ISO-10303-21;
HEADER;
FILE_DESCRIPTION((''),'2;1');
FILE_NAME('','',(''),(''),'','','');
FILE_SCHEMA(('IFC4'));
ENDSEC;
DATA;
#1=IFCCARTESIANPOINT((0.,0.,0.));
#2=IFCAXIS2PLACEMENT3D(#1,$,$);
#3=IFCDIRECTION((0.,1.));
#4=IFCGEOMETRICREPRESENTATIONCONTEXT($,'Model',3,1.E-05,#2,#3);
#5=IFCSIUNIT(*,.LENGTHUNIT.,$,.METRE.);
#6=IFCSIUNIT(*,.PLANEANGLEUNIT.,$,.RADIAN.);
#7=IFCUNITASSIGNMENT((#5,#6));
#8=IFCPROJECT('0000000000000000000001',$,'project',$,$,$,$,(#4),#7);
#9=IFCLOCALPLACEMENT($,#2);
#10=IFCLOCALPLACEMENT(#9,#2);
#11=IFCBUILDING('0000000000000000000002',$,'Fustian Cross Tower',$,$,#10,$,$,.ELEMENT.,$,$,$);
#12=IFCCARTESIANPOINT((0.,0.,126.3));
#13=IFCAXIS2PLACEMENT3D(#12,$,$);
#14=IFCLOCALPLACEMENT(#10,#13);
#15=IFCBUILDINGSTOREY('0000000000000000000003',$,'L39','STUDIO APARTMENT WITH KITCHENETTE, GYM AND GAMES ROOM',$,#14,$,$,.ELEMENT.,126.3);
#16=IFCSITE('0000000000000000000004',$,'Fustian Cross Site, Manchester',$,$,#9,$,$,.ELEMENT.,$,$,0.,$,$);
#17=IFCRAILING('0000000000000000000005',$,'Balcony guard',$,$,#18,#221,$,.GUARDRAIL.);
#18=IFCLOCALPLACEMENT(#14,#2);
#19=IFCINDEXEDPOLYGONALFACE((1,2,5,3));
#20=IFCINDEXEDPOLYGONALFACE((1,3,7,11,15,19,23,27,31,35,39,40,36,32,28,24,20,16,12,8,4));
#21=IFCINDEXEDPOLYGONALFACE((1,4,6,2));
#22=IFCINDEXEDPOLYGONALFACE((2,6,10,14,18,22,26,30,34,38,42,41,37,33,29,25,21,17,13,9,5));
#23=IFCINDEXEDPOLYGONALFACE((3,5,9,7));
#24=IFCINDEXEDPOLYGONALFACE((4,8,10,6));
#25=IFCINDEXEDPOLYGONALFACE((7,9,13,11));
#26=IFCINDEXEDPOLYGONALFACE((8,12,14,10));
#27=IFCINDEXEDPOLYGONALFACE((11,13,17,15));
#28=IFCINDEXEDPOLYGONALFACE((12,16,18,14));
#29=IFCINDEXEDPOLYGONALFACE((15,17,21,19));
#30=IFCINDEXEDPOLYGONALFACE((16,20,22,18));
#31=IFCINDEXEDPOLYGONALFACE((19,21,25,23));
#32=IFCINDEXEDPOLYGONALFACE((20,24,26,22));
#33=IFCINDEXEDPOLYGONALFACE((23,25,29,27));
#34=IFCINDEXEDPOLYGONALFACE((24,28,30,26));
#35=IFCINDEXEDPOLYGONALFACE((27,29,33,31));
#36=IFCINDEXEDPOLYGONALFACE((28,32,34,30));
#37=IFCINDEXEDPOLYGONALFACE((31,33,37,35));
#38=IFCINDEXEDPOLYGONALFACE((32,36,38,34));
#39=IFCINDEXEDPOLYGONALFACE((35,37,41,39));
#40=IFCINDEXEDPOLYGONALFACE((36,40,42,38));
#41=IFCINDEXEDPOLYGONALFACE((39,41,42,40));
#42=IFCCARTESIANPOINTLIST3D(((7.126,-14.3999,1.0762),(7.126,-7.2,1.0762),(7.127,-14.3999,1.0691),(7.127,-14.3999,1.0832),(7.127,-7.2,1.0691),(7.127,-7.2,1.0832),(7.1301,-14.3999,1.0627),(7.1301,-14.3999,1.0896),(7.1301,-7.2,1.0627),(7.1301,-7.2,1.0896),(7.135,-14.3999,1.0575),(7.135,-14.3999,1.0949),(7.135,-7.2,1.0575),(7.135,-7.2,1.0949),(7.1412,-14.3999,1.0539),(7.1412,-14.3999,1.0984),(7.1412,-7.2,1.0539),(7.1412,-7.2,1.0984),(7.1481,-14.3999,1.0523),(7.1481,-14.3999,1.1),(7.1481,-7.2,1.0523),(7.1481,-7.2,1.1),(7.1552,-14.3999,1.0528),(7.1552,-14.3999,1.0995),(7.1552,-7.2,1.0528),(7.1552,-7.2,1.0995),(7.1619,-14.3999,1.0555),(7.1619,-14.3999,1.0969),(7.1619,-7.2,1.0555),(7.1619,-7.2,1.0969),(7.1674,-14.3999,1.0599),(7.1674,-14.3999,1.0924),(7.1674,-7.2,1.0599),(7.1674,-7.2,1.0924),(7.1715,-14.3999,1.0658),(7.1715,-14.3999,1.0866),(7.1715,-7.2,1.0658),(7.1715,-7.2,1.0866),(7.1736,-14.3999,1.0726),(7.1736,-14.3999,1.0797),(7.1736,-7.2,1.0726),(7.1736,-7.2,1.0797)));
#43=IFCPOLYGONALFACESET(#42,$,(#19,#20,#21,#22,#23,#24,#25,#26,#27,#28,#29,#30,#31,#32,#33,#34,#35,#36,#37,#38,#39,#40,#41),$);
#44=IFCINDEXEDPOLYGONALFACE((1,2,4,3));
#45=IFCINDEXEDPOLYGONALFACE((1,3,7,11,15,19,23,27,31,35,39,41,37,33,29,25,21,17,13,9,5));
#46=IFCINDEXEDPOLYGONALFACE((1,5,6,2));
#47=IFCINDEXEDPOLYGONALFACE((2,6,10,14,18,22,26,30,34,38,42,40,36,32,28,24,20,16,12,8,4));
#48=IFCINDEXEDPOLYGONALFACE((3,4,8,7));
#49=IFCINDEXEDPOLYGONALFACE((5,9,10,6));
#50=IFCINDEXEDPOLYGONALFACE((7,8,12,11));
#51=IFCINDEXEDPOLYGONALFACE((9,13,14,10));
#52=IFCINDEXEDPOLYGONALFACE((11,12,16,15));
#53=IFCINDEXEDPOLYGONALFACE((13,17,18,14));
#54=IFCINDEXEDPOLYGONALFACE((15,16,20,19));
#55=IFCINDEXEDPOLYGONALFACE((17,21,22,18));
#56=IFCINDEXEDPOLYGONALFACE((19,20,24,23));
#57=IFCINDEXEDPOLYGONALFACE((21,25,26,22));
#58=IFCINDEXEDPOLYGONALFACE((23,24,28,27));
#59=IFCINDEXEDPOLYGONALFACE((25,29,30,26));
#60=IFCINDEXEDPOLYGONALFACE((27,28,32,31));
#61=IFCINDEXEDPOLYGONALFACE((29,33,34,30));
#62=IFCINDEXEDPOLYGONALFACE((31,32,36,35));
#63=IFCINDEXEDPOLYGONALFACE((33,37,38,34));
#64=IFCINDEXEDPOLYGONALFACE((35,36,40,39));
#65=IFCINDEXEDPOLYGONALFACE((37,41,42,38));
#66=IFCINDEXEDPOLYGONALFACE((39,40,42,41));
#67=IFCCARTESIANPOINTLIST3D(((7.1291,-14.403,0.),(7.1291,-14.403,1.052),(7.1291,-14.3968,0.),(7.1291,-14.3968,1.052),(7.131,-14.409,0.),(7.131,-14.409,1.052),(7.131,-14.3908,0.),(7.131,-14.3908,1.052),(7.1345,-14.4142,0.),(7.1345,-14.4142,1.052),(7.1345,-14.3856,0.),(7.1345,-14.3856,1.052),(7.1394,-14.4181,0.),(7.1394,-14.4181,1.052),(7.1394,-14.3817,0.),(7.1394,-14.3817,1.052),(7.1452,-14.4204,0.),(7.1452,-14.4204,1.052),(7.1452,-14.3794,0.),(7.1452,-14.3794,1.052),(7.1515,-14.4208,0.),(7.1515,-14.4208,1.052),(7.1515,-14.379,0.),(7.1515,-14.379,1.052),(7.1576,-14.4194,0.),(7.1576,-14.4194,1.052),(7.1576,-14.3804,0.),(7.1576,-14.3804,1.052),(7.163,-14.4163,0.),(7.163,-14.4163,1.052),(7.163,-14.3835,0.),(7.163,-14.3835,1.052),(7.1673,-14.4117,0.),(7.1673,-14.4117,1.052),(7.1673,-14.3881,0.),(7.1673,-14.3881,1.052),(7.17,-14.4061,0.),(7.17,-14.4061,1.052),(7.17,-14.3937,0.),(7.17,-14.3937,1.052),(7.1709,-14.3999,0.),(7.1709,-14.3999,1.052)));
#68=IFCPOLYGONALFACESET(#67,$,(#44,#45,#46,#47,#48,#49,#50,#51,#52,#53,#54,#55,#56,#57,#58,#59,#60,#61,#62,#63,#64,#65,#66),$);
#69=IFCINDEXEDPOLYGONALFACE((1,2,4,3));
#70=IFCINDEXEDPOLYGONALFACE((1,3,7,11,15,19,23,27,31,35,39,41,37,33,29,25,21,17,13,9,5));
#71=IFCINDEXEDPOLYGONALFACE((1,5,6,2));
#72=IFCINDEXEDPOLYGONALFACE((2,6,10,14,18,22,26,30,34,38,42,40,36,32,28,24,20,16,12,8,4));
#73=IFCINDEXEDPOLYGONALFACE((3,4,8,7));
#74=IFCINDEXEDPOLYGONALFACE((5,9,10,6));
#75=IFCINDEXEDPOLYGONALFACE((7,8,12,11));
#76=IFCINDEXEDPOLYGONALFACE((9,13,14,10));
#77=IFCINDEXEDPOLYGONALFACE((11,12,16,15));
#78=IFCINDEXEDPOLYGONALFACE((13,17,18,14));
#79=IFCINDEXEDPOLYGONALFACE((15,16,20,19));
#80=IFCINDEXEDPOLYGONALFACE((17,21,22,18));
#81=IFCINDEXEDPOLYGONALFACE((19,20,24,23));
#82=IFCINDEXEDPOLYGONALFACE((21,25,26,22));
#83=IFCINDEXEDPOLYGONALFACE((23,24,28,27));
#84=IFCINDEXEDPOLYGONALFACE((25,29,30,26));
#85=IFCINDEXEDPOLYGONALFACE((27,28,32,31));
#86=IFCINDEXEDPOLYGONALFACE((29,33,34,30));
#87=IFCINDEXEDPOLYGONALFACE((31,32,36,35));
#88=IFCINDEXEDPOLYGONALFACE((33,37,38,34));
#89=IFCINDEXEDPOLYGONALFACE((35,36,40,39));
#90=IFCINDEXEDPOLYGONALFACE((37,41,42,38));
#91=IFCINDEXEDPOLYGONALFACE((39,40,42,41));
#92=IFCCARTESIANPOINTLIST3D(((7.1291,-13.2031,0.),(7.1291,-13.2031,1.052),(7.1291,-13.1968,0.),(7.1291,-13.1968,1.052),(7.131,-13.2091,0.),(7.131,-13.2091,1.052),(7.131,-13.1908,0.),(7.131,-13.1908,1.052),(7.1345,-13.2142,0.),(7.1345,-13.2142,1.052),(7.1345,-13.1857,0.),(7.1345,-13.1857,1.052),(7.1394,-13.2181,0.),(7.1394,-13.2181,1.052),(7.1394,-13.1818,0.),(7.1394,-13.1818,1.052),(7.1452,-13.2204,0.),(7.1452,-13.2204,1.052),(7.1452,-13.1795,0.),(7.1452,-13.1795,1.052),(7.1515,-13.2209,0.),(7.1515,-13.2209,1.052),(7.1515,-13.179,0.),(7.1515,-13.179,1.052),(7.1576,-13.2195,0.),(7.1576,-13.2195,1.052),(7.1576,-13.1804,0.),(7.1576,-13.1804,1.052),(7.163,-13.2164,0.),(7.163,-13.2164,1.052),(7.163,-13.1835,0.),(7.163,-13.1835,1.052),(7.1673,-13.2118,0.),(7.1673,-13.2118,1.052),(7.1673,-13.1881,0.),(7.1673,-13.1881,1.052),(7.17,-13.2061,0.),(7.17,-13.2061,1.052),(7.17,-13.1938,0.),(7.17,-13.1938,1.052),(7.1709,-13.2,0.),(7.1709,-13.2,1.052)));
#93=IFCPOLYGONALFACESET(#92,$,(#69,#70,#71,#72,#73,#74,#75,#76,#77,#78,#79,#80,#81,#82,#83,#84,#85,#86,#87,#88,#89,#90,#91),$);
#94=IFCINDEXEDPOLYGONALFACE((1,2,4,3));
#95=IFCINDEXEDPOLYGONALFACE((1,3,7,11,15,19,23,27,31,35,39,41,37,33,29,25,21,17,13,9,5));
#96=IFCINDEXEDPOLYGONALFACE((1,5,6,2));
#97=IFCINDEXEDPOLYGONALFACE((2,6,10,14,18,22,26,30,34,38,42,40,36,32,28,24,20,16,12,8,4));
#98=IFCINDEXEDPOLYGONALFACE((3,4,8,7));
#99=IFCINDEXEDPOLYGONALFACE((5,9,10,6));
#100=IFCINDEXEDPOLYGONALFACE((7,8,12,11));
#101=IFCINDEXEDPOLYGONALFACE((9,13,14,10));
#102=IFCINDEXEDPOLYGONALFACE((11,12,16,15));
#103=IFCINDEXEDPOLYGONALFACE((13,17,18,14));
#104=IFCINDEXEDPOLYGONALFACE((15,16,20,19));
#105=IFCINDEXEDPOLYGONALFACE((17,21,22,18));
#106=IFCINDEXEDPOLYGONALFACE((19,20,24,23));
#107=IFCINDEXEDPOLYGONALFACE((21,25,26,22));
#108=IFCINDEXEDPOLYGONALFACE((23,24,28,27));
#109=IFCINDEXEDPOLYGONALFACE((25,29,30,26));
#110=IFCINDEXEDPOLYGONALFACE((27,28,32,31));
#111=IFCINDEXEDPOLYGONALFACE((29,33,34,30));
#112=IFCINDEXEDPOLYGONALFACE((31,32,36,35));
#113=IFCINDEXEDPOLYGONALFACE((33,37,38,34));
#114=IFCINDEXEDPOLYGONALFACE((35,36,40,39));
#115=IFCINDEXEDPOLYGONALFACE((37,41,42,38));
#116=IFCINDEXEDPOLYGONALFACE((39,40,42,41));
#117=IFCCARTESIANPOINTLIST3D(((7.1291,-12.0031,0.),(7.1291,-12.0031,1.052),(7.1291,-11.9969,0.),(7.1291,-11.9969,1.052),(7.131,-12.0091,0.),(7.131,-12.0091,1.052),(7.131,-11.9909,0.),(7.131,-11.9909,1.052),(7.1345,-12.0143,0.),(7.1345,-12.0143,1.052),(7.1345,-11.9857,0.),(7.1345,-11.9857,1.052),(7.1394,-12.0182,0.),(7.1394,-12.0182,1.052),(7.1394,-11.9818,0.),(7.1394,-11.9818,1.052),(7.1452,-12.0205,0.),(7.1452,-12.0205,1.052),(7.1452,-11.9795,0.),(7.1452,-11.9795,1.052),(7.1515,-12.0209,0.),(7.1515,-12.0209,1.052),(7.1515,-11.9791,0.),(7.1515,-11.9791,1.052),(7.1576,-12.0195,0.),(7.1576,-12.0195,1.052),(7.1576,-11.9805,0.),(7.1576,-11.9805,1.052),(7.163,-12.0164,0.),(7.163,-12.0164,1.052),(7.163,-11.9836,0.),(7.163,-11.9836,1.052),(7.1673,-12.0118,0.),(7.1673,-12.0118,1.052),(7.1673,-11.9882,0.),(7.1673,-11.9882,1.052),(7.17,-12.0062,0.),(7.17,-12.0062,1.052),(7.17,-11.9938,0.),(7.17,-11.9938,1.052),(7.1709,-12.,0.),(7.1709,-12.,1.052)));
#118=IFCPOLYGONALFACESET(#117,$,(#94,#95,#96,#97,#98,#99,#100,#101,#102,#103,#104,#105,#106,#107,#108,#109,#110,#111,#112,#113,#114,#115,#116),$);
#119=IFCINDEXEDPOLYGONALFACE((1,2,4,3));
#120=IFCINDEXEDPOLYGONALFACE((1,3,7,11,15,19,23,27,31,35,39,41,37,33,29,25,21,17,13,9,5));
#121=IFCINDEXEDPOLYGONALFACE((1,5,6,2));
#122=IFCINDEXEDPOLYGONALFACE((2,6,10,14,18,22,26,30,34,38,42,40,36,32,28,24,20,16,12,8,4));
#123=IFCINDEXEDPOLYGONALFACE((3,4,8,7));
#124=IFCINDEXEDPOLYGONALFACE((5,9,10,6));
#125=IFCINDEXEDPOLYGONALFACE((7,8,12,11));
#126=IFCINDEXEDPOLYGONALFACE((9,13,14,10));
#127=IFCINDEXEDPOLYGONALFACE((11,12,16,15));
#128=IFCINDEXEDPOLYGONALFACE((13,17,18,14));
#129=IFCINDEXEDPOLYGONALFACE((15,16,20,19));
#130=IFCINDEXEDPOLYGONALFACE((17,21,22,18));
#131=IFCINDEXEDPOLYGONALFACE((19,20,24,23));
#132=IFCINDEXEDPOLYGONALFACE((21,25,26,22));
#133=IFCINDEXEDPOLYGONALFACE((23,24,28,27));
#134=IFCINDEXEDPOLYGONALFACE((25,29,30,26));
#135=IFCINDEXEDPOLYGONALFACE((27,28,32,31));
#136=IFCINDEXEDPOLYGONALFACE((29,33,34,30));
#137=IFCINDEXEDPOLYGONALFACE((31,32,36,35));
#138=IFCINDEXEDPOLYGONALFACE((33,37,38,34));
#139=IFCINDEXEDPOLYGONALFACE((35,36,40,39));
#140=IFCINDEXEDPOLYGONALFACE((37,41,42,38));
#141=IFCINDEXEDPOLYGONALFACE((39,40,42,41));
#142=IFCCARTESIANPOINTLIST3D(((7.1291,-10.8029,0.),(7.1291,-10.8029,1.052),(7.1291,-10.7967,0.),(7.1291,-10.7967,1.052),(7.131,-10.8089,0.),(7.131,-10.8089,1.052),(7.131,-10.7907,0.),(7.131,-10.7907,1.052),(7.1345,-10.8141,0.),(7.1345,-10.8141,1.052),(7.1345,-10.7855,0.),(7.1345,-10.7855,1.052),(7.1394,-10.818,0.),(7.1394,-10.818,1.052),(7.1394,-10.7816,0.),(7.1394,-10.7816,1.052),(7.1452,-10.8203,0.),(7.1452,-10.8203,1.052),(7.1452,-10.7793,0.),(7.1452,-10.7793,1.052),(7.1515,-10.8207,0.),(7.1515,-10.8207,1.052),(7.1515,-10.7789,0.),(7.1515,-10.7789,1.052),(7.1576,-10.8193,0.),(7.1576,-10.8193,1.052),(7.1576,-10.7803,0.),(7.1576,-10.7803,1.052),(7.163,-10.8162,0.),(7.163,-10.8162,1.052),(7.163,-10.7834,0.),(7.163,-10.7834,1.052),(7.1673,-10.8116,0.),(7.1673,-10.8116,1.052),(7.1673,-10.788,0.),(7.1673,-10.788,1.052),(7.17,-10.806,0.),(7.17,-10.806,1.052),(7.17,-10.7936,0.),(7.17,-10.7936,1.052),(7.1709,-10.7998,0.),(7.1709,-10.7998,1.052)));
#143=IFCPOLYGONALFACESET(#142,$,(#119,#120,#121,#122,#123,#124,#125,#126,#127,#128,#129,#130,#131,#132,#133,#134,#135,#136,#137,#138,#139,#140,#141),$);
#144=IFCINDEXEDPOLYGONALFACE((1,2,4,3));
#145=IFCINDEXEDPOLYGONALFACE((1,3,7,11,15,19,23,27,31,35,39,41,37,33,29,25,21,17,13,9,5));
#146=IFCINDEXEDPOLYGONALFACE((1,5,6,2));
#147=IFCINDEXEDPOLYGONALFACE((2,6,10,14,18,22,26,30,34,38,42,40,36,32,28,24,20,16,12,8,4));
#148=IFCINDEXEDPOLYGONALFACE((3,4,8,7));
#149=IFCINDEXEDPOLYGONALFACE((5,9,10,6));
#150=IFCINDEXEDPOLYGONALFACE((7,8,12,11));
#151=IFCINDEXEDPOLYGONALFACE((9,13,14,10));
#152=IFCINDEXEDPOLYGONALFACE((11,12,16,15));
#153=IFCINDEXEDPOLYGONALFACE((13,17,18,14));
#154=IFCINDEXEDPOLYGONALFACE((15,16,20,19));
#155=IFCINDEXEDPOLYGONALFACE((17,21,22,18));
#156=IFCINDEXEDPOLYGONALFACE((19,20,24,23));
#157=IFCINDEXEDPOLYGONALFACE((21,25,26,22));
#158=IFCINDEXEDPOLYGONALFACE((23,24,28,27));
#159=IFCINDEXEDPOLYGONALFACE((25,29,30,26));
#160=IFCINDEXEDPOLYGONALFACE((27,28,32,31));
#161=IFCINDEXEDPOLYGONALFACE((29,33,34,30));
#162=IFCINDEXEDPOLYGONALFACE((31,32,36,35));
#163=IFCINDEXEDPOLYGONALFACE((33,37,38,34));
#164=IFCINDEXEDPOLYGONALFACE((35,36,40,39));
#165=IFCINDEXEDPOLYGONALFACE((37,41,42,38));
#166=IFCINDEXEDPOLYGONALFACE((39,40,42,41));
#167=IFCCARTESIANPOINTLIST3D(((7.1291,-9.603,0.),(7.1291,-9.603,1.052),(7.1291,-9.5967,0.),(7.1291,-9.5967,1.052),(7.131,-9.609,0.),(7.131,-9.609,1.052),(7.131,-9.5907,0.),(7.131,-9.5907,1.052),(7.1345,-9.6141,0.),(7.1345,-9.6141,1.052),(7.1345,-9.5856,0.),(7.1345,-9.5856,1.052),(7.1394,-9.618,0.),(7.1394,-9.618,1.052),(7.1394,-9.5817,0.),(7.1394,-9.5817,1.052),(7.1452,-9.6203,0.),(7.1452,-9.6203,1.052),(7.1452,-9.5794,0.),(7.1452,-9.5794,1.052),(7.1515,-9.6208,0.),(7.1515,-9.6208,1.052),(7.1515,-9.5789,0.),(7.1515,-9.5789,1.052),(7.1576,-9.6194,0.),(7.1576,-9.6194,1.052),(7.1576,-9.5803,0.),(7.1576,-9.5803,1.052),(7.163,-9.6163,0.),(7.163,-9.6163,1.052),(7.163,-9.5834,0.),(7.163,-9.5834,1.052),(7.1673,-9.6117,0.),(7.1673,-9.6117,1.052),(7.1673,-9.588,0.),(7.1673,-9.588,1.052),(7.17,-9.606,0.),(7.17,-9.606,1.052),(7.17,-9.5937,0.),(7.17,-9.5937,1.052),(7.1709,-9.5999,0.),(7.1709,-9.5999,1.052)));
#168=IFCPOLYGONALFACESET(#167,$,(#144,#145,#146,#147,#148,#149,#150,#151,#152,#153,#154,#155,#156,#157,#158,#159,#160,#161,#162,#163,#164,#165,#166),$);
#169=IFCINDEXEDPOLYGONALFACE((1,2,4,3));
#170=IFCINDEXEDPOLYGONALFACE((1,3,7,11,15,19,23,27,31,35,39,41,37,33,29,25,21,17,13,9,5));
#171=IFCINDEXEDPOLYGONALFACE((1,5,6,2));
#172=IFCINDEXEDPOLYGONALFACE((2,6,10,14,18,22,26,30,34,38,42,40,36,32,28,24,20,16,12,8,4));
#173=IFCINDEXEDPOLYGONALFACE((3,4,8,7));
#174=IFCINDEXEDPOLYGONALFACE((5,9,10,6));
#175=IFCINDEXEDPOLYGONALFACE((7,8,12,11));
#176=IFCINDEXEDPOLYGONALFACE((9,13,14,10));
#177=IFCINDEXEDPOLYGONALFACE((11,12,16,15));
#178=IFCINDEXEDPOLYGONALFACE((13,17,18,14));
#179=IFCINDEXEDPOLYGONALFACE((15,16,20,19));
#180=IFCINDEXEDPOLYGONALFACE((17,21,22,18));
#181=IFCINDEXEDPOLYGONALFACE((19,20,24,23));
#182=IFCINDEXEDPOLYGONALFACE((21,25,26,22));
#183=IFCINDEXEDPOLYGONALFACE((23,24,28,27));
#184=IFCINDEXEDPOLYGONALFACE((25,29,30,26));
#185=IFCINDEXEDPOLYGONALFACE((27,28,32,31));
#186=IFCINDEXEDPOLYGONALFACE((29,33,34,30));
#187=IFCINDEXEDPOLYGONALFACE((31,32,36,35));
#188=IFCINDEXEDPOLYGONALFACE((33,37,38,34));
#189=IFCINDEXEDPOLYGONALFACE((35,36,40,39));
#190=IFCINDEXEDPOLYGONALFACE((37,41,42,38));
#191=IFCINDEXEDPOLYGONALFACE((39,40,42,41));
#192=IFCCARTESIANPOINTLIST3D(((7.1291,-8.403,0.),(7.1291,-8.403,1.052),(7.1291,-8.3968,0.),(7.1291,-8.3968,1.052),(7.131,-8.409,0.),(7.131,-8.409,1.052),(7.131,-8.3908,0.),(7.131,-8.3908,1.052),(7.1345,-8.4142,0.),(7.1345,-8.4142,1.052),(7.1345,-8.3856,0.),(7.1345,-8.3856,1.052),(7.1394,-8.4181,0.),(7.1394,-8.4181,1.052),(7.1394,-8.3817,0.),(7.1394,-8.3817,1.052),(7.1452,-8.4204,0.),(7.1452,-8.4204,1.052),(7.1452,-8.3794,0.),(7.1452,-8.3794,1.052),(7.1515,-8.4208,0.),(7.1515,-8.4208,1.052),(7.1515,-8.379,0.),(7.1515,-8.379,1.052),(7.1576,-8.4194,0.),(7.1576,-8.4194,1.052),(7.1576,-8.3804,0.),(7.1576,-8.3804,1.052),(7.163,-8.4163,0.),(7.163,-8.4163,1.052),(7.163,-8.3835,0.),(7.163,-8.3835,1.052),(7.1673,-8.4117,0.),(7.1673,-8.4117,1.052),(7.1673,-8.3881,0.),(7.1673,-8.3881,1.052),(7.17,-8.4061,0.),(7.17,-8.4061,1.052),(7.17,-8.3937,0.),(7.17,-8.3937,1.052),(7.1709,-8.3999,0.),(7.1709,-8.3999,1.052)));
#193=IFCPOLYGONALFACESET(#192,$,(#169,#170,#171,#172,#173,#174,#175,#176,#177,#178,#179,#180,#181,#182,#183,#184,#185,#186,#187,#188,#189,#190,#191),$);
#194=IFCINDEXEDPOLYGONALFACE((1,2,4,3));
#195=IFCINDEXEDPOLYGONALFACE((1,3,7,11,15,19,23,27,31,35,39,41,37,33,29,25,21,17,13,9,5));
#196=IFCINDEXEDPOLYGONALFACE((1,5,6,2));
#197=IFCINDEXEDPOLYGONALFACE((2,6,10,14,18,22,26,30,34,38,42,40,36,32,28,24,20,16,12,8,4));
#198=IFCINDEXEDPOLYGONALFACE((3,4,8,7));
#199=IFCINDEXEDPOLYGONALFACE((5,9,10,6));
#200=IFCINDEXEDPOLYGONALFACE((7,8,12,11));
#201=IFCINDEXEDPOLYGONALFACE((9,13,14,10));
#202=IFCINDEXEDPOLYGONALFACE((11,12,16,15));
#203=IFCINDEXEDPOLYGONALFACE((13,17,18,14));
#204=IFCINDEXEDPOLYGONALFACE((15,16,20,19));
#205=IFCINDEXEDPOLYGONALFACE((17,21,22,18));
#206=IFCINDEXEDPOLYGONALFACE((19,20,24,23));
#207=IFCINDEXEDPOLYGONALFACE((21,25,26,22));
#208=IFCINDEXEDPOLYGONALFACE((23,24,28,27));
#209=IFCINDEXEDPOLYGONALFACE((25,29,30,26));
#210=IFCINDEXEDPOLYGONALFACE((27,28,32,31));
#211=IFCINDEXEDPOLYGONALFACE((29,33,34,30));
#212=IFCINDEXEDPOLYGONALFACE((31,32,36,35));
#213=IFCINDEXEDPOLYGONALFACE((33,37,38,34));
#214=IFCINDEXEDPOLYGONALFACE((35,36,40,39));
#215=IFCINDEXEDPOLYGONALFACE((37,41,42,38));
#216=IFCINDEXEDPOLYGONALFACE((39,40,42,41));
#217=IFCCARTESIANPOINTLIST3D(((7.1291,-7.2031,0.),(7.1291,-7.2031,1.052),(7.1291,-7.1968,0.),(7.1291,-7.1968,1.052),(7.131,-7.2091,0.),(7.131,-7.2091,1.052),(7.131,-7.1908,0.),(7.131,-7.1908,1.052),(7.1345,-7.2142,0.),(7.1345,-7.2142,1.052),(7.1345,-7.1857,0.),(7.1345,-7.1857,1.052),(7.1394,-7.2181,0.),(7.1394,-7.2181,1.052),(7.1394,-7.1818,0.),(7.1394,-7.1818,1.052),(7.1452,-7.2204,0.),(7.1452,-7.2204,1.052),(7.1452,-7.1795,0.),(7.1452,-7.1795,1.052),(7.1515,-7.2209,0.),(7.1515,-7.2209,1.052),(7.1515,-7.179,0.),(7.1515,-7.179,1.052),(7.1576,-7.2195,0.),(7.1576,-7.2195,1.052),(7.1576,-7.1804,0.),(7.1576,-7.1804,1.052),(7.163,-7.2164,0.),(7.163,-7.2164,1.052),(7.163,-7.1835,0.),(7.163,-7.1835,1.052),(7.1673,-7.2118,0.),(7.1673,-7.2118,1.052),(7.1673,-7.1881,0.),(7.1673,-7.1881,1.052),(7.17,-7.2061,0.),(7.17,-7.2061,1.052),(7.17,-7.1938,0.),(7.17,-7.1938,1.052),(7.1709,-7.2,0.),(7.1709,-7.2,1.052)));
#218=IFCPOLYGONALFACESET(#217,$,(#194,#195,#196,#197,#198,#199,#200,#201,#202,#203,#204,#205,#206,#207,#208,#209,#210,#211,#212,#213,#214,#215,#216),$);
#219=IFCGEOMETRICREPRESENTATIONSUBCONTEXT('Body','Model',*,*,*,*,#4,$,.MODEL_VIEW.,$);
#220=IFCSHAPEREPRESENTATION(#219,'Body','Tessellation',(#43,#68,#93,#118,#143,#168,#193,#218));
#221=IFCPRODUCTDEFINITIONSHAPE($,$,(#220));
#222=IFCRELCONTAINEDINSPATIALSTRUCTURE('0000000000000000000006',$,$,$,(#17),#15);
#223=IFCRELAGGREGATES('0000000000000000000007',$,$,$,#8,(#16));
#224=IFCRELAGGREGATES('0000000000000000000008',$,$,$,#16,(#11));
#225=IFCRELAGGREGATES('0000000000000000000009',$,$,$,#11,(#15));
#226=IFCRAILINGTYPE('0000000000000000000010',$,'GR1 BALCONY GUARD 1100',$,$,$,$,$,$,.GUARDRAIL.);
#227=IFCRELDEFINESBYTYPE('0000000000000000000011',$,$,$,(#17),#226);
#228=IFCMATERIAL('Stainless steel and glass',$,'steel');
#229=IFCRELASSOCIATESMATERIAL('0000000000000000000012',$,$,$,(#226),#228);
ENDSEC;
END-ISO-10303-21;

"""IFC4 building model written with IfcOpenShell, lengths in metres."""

from ifc_helpers import new_model, si_unit, direction, frame, origin, origin_2d, place, context, subcontext, project, spatial, circle, extrude, material, type_object, element, save


model = new_model("IFC4")

# Units and contexts
model_context = context("Model", 3, precision=1e-05, world=origin(), true_north=direction((0.0, 1.0)))
body_context = subcontext(model_context, "Body", "Model", "MODEL_VIEW")
ifc_project = project(units=[si_unit("LENGTHUNIT", "METRE"), si_unit("PLANEANGLEUNIT", "RADIAN")], contexts=[model_context])

# Site, building, storey
site_placement = place(None, origin())
site = spatial("IfcSite", under=ifc_project, at=site_placement, Name="Fustian Cross Site, Manchester", CompositionType="ELEMENT", RefElevation=0.0)
building_placement = place(site_placement, origin())
building = spatial("IfcBuilding", under=site, at=building_placement, Name="Fustian Cross Tower", CompositionType="ELEMENT")
storey_placement = place(building_placement, frame((0.0, 0.0, 126.3)))
storey = spatial("IfcBuildingStorey", under=building, at=storey_placement, Name="L39", Description="STUDIO APARTMENT WITH KITCHENETTE, GYM AND GAMES ROOM", CompositionType="ELEMENT", Elevation=126.3)

# Railing
ifc_material_1 = material(Name="Stainless steel and glass", Category="steel")
railing_type = type_object("IfcRailingType", Name="GR1 BALCONY GUARD 1100", PredefinedType="GUARDRAIL", material=ifc_material_1)
railing_placement = place(storey_placement, frame((7.1499, -14.3999, 0.0)))
element("IfcRailing", 1, at=railing_placement, inside=storey, type_object=railing_type, Name="Balcony guard", PredefinedType="GUARDRAIL", context=body_context, shape_type="SweptSolid", body=[
    extrude(circle(Radius=0.0239, at=origin_2d()), frame((0.0, 0.0, 1.0762), z_axis=(0.0, 1.0, 0.0), x_axis=(-1.0, 0.0, 0.0)), (0.0, 0.0, 1.0), 7.2),
    extrude(circle(Radius=0.021, at=origin_2d()), origin(), (0.0, 0.0, 1.0), 1.052),
    extrude(circle(Radius=0.021, at=origin_2d()), frame((0.0, 1.2, 0.0)), (0.0, 0.0, 1.0), 1.052),
    extrude(circle(Radius=0.021, at=origin_2d()), frame((0.0, 2.3999, 0.0)), (0.0, 0.0, 1.0), 1.052),
    extrude(circle(Radius=0.021, at=origin_2d()), frame((0.0, 3.6001, 0.0)), (0.0, 0.0, 1.0), 1.052),
    extrude(circle(Radius=0.021, at=origin_2d()), frame((0.0, 4.8, 0.0)), (0.0, 0.0, 1.0), 1.052),
    extrude(circle(Radius=0.021, at=origin_2d()), frame((0.0, 6.0, 0.0)), (0.0, 0.0, 1.0), 1.052),
    extrude(circle(Radius=0.021, at=origin_2d()), frame((0.0, 7.2, 0.0)), (0.0, 0.0, 1.0), 1.052),
])

save(model, "model.ifc")
